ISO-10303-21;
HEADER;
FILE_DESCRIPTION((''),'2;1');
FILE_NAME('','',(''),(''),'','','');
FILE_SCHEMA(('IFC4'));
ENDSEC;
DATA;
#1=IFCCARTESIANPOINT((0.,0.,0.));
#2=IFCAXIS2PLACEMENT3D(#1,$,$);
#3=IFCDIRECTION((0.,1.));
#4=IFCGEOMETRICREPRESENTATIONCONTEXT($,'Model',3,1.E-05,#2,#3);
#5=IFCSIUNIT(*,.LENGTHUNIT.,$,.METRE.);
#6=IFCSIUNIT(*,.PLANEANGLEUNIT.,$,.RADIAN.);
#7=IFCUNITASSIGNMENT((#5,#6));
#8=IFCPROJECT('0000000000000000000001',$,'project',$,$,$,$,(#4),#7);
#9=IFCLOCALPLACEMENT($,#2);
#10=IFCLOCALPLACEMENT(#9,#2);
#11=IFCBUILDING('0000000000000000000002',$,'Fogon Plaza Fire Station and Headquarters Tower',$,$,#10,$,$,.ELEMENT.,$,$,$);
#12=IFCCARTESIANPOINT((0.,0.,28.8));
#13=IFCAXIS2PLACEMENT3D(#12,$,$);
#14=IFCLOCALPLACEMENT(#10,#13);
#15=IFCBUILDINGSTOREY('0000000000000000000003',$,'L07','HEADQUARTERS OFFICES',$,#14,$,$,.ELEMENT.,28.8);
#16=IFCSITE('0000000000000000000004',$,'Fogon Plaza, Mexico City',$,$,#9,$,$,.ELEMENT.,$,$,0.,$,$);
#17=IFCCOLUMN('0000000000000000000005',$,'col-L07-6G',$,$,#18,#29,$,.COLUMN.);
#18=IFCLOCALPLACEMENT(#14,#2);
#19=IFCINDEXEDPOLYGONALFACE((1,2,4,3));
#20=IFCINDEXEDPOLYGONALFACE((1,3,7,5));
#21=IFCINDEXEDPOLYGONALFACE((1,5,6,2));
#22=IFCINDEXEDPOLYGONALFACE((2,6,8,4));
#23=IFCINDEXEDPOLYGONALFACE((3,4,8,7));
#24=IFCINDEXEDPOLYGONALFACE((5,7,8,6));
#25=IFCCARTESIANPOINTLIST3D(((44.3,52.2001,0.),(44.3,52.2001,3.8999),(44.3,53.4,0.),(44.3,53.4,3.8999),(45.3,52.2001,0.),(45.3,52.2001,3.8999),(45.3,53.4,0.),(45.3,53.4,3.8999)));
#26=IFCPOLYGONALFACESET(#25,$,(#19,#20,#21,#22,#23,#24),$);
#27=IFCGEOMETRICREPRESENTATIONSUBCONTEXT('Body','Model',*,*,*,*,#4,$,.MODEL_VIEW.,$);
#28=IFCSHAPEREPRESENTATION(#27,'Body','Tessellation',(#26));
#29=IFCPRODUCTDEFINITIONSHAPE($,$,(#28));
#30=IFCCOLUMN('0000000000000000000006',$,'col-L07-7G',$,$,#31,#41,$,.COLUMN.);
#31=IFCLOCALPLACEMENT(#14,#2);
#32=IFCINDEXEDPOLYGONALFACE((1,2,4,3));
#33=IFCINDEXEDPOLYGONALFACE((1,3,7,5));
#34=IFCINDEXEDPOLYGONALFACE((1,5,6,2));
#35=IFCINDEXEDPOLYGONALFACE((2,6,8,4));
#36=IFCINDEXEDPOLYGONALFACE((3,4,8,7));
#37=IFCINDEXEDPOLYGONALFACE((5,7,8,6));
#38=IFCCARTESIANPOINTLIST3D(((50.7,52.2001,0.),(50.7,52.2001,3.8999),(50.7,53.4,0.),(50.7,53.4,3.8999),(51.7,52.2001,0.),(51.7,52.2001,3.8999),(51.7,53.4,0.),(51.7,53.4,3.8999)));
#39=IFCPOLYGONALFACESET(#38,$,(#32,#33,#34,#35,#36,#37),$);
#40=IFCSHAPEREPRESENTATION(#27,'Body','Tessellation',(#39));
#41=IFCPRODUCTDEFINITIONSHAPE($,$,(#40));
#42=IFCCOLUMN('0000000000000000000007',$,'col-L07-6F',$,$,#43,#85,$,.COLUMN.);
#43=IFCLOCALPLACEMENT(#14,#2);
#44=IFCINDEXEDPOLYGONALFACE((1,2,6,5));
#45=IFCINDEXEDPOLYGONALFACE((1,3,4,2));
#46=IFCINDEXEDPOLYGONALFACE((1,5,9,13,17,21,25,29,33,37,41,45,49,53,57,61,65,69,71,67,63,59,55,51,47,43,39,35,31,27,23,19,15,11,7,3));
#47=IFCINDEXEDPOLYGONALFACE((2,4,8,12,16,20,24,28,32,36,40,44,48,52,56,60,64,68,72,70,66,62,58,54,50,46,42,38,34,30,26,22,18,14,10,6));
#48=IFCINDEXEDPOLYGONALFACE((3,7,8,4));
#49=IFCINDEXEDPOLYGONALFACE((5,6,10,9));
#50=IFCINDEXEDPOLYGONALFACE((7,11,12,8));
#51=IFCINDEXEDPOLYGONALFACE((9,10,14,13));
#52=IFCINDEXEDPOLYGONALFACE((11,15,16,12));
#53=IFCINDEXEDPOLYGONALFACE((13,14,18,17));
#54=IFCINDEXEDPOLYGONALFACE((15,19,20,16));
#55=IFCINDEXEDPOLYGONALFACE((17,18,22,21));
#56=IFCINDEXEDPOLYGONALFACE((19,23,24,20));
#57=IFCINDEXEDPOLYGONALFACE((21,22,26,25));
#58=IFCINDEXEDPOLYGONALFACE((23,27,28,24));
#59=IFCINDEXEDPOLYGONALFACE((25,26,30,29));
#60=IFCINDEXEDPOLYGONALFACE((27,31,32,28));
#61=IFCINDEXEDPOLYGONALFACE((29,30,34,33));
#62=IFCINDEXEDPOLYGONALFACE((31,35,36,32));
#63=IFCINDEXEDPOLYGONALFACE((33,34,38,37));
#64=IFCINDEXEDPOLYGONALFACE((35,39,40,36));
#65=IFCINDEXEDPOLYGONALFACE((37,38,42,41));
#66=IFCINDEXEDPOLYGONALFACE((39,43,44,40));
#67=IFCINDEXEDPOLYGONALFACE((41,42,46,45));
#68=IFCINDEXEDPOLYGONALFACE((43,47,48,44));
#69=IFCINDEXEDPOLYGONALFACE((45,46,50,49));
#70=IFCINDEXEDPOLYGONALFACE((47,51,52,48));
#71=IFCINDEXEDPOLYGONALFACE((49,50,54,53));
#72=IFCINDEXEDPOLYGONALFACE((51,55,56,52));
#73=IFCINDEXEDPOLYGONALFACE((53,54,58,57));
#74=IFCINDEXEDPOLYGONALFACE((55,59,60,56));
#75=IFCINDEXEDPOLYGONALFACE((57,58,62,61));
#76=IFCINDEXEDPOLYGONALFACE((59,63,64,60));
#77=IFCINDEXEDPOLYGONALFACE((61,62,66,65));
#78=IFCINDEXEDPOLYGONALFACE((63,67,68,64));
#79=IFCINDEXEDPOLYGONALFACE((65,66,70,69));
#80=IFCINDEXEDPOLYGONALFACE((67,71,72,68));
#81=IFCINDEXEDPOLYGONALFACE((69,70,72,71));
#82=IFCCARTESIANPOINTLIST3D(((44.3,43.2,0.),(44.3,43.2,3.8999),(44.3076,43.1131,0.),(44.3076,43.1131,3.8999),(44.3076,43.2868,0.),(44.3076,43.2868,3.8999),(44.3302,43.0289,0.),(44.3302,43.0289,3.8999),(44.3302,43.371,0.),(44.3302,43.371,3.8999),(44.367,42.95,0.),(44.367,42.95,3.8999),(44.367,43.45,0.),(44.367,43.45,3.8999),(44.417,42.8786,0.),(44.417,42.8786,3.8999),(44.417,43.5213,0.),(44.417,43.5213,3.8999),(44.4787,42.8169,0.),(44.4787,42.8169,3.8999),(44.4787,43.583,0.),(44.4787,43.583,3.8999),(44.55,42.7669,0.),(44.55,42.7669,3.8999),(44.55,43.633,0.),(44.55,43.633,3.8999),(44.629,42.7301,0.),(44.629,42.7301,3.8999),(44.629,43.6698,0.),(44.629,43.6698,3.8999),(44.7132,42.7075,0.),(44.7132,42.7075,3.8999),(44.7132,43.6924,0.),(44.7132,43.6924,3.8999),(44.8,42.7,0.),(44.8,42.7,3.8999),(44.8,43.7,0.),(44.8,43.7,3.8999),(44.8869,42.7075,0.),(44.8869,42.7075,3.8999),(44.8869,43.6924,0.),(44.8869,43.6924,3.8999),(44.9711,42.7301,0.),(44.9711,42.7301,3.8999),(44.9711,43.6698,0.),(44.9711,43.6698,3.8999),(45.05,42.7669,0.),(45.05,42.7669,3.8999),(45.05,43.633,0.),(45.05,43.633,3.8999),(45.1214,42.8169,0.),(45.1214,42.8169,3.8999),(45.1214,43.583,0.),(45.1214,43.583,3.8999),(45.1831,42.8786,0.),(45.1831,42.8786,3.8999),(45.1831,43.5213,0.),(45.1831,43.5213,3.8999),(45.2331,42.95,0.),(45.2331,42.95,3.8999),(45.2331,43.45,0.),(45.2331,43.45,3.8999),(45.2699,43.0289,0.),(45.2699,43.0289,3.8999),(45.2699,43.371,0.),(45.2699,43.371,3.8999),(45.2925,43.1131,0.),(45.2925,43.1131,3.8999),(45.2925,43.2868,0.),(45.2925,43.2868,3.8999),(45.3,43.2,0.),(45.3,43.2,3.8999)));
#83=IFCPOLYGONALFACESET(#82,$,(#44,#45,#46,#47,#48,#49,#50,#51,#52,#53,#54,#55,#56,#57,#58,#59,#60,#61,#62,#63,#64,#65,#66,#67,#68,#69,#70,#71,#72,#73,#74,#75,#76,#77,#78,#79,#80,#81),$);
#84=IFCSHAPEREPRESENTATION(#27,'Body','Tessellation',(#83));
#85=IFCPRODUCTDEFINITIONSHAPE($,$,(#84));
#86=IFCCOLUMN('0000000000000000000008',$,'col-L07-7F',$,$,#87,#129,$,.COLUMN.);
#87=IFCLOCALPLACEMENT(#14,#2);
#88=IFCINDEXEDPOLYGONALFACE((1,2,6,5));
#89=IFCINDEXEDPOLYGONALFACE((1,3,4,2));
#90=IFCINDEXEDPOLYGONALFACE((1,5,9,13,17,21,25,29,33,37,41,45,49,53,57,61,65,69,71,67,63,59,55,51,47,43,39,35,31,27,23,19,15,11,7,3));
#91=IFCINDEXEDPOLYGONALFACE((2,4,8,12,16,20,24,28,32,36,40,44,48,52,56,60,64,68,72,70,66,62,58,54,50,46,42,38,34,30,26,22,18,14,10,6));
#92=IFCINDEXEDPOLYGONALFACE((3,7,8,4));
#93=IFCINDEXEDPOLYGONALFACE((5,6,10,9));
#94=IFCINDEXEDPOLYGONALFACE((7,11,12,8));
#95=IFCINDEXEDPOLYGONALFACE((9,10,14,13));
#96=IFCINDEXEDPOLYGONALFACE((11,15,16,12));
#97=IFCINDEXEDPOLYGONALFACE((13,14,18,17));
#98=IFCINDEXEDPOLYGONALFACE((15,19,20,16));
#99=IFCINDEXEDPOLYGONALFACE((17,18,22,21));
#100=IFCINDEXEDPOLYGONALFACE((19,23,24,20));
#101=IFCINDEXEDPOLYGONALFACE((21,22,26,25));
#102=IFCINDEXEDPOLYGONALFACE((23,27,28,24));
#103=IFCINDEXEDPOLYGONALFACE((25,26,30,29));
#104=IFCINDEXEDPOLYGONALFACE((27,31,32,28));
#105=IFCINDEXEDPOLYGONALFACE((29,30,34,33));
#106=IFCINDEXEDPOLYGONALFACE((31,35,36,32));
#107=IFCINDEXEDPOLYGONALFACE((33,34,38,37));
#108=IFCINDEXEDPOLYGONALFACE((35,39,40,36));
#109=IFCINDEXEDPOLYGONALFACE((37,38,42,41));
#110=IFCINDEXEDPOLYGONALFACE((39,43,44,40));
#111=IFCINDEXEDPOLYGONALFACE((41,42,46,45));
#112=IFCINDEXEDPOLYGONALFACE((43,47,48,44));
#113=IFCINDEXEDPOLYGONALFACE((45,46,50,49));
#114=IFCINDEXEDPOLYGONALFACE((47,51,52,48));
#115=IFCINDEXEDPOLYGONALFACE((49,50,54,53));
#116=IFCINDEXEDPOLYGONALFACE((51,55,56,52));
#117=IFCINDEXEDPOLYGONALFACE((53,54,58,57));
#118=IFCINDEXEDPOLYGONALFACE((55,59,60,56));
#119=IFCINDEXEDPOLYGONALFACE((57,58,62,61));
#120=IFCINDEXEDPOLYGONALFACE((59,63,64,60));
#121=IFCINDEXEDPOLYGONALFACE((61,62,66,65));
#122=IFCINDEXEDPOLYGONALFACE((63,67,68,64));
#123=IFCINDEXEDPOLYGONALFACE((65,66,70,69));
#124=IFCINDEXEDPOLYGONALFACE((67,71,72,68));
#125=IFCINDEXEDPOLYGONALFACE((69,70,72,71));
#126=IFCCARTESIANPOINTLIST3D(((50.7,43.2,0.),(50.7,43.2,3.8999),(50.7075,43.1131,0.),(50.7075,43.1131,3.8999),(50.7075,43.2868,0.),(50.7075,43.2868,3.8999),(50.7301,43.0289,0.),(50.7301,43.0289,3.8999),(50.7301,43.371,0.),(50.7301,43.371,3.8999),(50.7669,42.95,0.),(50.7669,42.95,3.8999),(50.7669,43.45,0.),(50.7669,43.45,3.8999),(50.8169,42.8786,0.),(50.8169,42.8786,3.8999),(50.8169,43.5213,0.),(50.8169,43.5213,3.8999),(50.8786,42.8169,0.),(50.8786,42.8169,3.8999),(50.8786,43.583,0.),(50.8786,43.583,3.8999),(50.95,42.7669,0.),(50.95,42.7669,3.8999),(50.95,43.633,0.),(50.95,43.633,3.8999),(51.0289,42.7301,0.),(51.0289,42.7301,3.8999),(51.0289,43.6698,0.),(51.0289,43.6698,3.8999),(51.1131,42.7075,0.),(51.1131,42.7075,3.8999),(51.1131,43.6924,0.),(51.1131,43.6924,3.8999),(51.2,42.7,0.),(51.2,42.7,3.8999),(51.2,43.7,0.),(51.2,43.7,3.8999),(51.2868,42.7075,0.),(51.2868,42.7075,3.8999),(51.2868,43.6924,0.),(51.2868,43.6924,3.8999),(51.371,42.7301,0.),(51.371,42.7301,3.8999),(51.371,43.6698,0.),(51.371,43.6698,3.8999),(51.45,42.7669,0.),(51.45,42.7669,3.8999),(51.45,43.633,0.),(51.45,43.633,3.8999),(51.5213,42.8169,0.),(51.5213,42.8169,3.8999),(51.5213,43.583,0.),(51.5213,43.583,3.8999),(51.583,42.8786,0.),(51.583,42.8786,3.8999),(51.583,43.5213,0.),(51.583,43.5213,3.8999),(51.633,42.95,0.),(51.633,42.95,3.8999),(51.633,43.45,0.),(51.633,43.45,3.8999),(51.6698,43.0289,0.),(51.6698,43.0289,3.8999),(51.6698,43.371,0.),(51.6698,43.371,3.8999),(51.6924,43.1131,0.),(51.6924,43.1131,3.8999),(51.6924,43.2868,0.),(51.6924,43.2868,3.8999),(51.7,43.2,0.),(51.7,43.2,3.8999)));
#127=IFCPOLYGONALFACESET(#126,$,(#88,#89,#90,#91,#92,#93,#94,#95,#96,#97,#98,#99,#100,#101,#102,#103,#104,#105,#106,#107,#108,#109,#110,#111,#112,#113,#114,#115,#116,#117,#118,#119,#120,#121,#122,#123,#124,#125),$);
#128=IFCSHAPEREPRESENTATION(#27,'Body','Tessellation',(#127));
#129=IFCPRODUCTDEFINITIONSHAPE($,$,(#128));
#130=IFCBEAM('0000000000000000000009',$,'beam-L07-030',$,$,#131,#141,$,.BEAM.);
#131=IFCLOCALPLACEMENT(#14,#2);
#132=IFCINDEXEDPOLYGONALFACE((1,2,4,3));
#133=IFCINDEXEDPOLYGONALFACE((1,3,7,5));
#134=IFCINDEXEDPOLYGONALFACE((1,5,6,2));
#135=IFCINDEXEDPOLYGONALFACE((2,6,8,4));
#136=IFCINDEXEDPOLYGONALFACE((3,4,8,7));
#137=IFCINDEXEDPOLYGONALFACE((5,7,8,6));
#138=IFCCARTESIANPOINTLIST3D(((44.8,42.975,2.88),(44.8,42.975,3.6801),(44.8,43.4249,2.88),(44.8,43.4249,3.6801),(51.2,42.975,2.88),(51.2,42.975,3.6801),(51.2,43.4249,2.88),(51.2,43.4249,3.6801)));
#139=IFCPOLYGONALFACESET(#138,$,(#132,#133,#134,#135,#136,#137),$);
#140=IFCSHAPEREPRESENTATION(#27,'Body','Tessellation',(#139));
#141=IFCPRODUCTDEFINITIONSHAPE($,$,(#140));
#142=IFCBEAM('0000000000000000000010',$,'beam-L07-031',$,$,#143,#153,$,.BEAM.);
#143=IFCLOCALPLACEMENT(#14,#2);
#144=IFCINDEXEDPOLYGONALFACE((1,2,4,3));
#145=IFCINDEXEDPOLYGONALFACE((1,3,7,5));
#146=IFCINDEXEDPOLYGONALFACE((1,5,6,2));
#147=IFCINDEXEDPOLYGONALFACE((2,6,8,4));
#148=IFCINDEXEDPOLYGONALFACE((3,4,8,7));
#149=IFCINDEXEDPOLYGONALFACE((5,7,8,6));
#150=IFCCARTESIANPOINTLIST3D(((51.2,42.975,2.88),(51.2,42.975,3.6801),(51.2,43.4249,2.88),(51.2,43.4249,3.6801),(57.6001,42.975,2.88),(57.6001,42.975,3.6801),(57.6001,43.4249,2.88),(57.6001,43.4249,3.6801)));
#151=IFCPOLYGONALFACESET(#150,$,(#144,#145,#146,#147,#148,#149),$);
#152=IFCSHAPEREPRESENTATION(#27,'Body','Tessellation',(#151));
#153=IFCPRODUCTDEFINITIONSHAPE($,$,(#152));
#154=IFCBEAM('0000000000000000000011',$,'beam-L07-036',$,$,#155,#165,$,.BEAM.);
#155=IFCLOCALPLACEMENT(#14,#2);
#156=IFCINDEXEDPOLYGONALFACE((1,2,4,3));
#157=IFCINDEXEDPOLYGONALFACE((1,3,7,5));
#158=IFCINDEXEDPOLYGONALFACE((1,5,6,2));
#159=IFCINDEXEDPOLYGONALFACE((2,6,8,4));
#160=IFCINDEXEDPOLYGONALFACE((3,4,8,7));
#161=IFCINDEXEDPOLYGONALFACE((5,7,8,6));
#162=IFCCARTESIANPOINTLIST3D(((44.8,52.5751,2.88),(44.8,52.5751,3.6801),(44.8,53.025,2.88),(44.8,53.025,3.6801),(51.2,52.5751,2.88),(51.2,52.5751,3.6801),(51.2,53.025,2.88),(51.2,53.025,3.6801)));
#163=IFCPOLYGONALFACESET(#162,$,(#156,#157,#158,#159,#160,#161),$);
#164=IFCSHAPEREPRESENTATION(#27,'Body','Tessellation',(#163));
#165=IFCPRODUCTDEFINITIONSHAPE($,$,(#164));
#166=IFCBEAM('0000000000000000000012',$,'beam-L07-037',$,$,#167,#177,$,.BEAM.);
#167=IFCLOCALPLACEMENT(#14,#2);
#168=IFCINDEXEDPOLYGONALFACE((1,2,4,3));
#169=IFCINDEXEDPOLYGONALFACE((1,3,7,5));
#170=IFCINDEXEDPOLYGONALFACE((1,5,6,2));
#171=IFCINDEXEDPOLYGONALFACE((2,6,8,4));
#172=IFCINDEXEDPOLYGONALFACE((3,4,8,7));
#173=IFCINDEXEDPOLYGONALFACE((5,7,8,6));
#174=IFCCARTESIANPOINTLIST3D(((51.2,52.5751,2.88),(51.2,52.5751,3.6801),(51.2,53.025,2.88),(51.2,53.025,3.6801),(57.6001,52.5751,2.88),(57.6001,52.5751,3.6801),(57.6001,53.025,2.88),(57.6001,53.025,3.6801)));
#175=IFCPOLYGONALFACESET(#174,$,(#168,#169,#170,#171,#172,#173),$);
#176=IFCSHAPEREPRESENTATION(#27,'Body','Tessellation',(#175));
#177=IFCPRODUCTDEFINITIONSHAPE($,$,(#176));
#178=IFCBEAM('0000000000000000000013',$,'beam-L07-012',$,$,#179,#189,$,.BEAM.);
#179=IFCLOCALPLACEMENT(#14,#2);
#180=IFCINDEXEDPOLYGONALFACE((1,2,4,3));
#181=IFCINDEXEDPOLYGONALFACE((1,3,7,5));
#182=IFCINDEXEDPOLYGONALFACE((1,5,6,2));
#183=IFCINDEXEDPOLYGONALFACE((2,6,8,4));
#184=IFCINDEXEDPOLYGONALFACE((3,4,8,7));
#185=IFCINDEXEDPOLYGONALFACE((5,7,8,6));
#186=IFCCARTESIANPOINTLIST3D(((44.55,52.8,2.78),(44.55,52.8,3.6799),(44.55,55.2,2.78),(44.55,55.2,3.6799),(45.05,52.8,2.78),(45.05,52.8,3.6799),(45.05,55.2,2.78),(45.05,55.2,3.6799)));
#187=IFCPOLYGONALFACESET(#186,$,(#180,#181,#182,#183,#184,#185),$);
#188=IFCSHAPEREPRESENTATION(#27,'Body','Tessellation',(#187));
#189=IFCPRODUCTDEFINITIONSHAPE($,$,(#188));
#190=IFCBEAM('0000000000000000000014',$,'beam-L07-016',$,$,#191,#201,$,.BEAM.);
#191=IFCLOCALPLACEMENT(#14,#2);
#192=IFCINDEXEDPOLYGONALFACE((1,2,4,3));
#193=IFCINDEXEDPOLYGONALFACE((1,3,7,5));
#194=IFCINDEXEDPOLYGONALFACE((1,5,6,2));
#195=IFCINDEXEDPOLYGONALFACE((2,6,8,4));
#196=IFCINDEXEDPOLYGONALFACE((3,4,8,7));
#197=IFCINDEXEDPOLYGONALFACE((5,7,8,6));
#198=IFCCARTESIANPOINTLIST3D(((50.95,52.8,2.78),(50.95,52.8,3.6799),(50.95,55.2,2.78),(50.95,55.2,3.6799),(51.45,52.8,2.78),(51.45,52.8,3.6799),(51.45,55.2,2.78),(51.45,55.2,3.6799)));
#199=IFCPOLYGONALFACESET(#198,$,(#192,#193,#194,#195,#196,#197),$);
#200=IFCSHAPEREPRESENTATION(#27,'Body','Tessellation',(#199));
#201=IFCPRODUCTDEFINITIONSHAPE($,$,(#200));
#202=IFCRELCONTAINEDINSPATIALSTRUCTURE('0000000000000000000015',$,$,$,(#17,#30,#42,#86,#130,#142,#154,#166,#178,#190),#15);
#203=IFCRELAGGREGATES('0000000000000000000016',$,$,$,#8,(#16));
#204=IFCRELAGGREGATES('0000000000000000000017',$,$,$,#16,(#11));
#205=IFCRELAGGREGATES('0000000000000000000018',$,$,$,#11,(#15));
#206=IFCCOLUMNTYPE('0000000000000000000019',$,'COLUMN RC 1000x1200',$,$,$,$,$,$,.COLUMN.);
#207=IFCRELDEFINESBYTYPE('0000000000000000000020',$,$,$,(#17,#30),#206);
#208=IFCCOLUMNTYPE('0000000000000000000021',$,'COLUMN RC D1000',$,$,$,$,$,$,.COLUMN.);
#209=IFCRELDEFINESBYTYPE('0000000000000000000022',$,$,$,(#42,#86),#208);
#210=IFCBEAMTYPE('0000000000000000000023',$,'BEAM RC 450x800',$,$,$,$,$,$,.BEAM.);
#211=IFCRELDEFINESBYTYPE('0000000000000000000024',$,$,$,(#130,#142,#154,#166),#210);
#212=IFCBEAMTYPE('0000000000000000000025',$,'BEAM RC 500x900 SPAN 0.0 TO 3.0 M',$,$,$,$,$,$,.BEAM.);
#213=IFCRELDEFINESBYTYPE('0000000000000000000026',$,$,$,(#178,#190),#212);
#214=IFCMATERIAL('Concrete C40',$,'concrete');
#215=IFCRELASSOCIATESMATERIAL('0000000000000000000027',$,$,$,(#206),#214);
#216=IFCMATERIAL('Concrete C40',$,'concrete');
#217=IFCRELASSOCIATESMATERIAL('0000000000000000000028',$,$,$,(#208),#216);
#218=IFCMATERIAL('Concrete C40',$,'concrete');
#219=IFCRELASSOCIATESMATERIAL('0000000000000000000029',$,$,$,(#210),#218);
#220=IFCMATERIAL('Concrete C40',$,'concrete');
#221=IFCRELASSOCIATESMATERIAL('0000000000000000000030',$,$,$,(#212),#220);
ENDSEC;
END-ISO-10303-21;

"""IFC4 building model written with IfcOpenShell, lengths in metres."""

from ifc_helpers import new_model, si_unit, direction, frame, origin, origin_2d, place, context, subcontext, project, spatial, rectangle, circle, extrude, material, material_profile, profile_set, type_object, element, save


model = new_model("IFC4")

# Units and contexts
model_context = context("Model", 3, precision=1e-05, world=origin(), true_north=direction((0.0, 1.0)))
body_context = subcontext(model_context, "Body", "Model", "MODEL_VIEW")
ifc_project = project(units=[si_unit("LENGTHUNIT", "METRE"), si_unit("PLANEANGLEUNIT", "RADIAN")], contexts=[model_context])

# Site, building, storey
site_placement = place(None, origin())
site = spatial("IfcSite", under=ifc_project, at=site_placement, Name="Fogon Plaza, Mexico City", CompositionType="ELEMENT", RefElevation=0.0)
building_placement = place(site_placement, origin())
building = spatial("IfcBuilding", under=site, at=building_placement, Name="Fogon Plaza Fire Station and Headquarters Tower", CompositionType="ELEMENT")
storey_placement = place(building_placement, frame((0.0, 0.0, 28.8)))
storey = spatial("IfcBuildingStorey", under=building, at=storey_placement, Name="L07", Description="HEADQUARTERS OFFICES", CompositionType="ELEMENT", Elevation=28.8)

# Columns
ifc_material_1 = material(Name="Concrete C40", Category="concrete")
ifc_material_profile_1 = material_profile(ifc_material_1, rectangle(XDim=1.0, YDim=1.2, at=origin_2d()), Name="RC 1000x1200")
ifc_profile_set_1 = profile_set([ifc_material_profile_1], Name="Concrete C40")
column_type_1 = type_object("IfcColumnType", Name="COLUMN RC 1000x1200", PredefinedType="COLUMN", material=ifc_profile_set_1)
for number, where, z_axis, x_axis, name in (
    (1, (44.8, 52.8, 0.0), (0.0, 0.0, 1.0), (1.0, 0.0, 0.0), "col-L07-6G"),
    (2, (51.2, 52.8, 0.0), (0.0, 0.0, 1.0), (1.0, 0.0, 0.0), "col-L07-7G"),
):
    element("IfcColumn", number, at=place(storey_placement, frame(where, z_axis=z_axis, x_axis=x_axis)), inside=storey, type_object=column_type_1, Name=name, PredefinedType="COLUMN", context=body_context, shape_type="SweptSolid", body=[
        extrude(rectangle(XDim=1.0, YDim=1.2, at=origin_2d()), origin(), (0.0, 0.0, 1.0), 3.8999),
    ])
ifc_material_2 = material(Name="Concrete C40", Category="concrete")
ifc_material_profile_2 = material_profile(ifc_material_2, circle(Radius=0.5, at=origin_2d()), Name="RC D1000")
ifc_profile_set_2 = profile_set([ifc_material_profile_2], Name="Concrete C40")
column_type_2 = type_object("IfcColumnType", Name="COLUMN RC D1000", PredefinedType="COLUMN", material=ifc_profile_set_2)
for number, where, z_axis, x_axis, name in (
    (3, (44.8, 43.2, 0.0), (0.0, 0.0, 1.0), (1.0, 0.0, 0.0), "col-L07-6F"),
    (4, (51.2, 43.2, 0.0), (0.0, 0.0, 1.0), (1.0, 0.0, 0.0), "col-L07-7F"),
):
    element("IfcColumn", number, at=place(storey_placement, frame(where, z_axis=z_axis, x_axis=x_axis)), inside=storey, type_object=column_type_2, Name=name, PredefinedType="COLUMN", context=body_context, shape_type="SweptSolid", body=[
        extrude(circle(Radius=0.5, at=origin_2d()), origin(), (0.0, 0.0, 1.0), 3.8999),
    ])

# Beams
ifc_material_3 = material(Name="Concrete C40", Category="concrete")
ifc_material_profile_3 = material_profile(ifc_material_3, rectangle(XDim=0.45, YDim=0.8, at=origin_2d()), Name="RC 450x800")
ifc_profile_set_3 = profile_set([ifc_material_profile_3], Name="Concrete C40")
beam_type_1 = type_object("IfcBeamType", Name="BEAM RC 450x800", PredefinedType="BEAM", material=ifc_profile_set_3)
beam_1_placement = place(storey_placement, frame((44.8, 43.2, 3.28), z_axis=(1.0, 0.0, 0.0), x_axis=(0.0, 1.0, 0.0)))
element("IfcBeam", 5, at=beam_1_placement, inside=storey, type_object=beam_type_1, Name="beam-L07-030", PredefinedType="BEAM", context=body_context, shape_type="SweptSolid", body=[
    extrude(rectangle(XDim=0.45, YDim=0.8, at=origin_2d()), origin(), (0.0, 0.0, 1.0), 6.3999),
])
beam_2_placement = place(storey_placement, frame((51.2, 43.2, 3.28), z_axis=(1.0, 0.0, 0.0), x_axis=(0.0, 1.0, 0.0)))
element("IfcBeam", 6, at=beam_2_placement, inside=storey, type_object=beam_type_1, Name="beam-L07-031", PredefinedType="BEAM", context=body_context, shape_type="SweptSolid", body=[
    extrude(rectangle(XDim=0.45, YDim=0.8, at=origin_2d()), origin(), (0.0, 0.0, 1.0), 6.4001),
])
beam_3_placement = place(storey_placement, frame((44.8, 52.8, 3.28), z_axis=(1.0, 0.0, 0.0), x_axis=(0.0, 1.0, 0.0)))
element("IfcBeam", 7, at=beam_3_placement, inside=storey, type_object=beam_type_1, Name="beam-L07-036", PredefinedType="BEAM", context=body_context, shape_type="SweptSolid", body=[
    extrude(rectangle(XDim=0.45, YDim=0.8, at=origin_2d()), origin(), (0.0, 0.0, 1.0), 6.3999),
])
beam_4_placement = place(storey_placement, frame((51.2, 52.8, 3.28), z_axis=(1.0, 0.0, 0.0), x_axis=(0.0, 1.0, 0.0)))
element("IfcBeam", 8, at=beam_4_placement, inside=storey, type_object=beam_type_1, Name="beam-L07-037", PredefinedType="BEAM", context=body_context, shape_type="SweptSolid", body=[
    extrude(rectangle(XDim=0.45, YDim=0.8, at=origin_2d()), origin(), (0.0, 0.0, 1.0), 6.4001),
])
ifc_material_4 = material(Name="Concrete C40", Category="concrete")
ifc_material_profile_4 = material_profile(ifc_material_4, rectangle(XDim=0.5, YDim=0.8999, at=origin_2d()), Name="RC 500x900")
ifc_profile_set_4 = profile_set([ifc_material_profile_4], Name="Concrete C40")
beam_type_2 = type_object("IfcBeamType", Name="BEAM RC 500x900 SPAN 0.0 TO 3.0 M", PredefinedType="BEAM", material=ifc_profile_set_4)
for number, where, z_axis, x_axis, name in (
    (9, (44.8, 52.8, 3.23), (0.0, 1.0, 0.0), (-1.0, 0.0, 0.0), "beam-L07-012"),
    (10, (51.2, 52.8, 3.23), (0.0, 1.0, 0.0), (-1.0, 0.0, 0.0), "beam-L07-016"),
):
    element("IfcBeam", number, at=place(storey_placement, frame(where, z_axis=z_axis, x_axis=x_axis)), inside=storey, type_object=beam_type_2, Name=name, PredefinedType="BEAM", context=body_context, shape_type="SweptSolid", body=[
        extrude(rectangle(XDim=0.5, YDim=0.8999, at=origin_2d()), origin(), (0.0, 0.0, 1.0), 2.3999),
    ])

save(model, "model.ifc")
